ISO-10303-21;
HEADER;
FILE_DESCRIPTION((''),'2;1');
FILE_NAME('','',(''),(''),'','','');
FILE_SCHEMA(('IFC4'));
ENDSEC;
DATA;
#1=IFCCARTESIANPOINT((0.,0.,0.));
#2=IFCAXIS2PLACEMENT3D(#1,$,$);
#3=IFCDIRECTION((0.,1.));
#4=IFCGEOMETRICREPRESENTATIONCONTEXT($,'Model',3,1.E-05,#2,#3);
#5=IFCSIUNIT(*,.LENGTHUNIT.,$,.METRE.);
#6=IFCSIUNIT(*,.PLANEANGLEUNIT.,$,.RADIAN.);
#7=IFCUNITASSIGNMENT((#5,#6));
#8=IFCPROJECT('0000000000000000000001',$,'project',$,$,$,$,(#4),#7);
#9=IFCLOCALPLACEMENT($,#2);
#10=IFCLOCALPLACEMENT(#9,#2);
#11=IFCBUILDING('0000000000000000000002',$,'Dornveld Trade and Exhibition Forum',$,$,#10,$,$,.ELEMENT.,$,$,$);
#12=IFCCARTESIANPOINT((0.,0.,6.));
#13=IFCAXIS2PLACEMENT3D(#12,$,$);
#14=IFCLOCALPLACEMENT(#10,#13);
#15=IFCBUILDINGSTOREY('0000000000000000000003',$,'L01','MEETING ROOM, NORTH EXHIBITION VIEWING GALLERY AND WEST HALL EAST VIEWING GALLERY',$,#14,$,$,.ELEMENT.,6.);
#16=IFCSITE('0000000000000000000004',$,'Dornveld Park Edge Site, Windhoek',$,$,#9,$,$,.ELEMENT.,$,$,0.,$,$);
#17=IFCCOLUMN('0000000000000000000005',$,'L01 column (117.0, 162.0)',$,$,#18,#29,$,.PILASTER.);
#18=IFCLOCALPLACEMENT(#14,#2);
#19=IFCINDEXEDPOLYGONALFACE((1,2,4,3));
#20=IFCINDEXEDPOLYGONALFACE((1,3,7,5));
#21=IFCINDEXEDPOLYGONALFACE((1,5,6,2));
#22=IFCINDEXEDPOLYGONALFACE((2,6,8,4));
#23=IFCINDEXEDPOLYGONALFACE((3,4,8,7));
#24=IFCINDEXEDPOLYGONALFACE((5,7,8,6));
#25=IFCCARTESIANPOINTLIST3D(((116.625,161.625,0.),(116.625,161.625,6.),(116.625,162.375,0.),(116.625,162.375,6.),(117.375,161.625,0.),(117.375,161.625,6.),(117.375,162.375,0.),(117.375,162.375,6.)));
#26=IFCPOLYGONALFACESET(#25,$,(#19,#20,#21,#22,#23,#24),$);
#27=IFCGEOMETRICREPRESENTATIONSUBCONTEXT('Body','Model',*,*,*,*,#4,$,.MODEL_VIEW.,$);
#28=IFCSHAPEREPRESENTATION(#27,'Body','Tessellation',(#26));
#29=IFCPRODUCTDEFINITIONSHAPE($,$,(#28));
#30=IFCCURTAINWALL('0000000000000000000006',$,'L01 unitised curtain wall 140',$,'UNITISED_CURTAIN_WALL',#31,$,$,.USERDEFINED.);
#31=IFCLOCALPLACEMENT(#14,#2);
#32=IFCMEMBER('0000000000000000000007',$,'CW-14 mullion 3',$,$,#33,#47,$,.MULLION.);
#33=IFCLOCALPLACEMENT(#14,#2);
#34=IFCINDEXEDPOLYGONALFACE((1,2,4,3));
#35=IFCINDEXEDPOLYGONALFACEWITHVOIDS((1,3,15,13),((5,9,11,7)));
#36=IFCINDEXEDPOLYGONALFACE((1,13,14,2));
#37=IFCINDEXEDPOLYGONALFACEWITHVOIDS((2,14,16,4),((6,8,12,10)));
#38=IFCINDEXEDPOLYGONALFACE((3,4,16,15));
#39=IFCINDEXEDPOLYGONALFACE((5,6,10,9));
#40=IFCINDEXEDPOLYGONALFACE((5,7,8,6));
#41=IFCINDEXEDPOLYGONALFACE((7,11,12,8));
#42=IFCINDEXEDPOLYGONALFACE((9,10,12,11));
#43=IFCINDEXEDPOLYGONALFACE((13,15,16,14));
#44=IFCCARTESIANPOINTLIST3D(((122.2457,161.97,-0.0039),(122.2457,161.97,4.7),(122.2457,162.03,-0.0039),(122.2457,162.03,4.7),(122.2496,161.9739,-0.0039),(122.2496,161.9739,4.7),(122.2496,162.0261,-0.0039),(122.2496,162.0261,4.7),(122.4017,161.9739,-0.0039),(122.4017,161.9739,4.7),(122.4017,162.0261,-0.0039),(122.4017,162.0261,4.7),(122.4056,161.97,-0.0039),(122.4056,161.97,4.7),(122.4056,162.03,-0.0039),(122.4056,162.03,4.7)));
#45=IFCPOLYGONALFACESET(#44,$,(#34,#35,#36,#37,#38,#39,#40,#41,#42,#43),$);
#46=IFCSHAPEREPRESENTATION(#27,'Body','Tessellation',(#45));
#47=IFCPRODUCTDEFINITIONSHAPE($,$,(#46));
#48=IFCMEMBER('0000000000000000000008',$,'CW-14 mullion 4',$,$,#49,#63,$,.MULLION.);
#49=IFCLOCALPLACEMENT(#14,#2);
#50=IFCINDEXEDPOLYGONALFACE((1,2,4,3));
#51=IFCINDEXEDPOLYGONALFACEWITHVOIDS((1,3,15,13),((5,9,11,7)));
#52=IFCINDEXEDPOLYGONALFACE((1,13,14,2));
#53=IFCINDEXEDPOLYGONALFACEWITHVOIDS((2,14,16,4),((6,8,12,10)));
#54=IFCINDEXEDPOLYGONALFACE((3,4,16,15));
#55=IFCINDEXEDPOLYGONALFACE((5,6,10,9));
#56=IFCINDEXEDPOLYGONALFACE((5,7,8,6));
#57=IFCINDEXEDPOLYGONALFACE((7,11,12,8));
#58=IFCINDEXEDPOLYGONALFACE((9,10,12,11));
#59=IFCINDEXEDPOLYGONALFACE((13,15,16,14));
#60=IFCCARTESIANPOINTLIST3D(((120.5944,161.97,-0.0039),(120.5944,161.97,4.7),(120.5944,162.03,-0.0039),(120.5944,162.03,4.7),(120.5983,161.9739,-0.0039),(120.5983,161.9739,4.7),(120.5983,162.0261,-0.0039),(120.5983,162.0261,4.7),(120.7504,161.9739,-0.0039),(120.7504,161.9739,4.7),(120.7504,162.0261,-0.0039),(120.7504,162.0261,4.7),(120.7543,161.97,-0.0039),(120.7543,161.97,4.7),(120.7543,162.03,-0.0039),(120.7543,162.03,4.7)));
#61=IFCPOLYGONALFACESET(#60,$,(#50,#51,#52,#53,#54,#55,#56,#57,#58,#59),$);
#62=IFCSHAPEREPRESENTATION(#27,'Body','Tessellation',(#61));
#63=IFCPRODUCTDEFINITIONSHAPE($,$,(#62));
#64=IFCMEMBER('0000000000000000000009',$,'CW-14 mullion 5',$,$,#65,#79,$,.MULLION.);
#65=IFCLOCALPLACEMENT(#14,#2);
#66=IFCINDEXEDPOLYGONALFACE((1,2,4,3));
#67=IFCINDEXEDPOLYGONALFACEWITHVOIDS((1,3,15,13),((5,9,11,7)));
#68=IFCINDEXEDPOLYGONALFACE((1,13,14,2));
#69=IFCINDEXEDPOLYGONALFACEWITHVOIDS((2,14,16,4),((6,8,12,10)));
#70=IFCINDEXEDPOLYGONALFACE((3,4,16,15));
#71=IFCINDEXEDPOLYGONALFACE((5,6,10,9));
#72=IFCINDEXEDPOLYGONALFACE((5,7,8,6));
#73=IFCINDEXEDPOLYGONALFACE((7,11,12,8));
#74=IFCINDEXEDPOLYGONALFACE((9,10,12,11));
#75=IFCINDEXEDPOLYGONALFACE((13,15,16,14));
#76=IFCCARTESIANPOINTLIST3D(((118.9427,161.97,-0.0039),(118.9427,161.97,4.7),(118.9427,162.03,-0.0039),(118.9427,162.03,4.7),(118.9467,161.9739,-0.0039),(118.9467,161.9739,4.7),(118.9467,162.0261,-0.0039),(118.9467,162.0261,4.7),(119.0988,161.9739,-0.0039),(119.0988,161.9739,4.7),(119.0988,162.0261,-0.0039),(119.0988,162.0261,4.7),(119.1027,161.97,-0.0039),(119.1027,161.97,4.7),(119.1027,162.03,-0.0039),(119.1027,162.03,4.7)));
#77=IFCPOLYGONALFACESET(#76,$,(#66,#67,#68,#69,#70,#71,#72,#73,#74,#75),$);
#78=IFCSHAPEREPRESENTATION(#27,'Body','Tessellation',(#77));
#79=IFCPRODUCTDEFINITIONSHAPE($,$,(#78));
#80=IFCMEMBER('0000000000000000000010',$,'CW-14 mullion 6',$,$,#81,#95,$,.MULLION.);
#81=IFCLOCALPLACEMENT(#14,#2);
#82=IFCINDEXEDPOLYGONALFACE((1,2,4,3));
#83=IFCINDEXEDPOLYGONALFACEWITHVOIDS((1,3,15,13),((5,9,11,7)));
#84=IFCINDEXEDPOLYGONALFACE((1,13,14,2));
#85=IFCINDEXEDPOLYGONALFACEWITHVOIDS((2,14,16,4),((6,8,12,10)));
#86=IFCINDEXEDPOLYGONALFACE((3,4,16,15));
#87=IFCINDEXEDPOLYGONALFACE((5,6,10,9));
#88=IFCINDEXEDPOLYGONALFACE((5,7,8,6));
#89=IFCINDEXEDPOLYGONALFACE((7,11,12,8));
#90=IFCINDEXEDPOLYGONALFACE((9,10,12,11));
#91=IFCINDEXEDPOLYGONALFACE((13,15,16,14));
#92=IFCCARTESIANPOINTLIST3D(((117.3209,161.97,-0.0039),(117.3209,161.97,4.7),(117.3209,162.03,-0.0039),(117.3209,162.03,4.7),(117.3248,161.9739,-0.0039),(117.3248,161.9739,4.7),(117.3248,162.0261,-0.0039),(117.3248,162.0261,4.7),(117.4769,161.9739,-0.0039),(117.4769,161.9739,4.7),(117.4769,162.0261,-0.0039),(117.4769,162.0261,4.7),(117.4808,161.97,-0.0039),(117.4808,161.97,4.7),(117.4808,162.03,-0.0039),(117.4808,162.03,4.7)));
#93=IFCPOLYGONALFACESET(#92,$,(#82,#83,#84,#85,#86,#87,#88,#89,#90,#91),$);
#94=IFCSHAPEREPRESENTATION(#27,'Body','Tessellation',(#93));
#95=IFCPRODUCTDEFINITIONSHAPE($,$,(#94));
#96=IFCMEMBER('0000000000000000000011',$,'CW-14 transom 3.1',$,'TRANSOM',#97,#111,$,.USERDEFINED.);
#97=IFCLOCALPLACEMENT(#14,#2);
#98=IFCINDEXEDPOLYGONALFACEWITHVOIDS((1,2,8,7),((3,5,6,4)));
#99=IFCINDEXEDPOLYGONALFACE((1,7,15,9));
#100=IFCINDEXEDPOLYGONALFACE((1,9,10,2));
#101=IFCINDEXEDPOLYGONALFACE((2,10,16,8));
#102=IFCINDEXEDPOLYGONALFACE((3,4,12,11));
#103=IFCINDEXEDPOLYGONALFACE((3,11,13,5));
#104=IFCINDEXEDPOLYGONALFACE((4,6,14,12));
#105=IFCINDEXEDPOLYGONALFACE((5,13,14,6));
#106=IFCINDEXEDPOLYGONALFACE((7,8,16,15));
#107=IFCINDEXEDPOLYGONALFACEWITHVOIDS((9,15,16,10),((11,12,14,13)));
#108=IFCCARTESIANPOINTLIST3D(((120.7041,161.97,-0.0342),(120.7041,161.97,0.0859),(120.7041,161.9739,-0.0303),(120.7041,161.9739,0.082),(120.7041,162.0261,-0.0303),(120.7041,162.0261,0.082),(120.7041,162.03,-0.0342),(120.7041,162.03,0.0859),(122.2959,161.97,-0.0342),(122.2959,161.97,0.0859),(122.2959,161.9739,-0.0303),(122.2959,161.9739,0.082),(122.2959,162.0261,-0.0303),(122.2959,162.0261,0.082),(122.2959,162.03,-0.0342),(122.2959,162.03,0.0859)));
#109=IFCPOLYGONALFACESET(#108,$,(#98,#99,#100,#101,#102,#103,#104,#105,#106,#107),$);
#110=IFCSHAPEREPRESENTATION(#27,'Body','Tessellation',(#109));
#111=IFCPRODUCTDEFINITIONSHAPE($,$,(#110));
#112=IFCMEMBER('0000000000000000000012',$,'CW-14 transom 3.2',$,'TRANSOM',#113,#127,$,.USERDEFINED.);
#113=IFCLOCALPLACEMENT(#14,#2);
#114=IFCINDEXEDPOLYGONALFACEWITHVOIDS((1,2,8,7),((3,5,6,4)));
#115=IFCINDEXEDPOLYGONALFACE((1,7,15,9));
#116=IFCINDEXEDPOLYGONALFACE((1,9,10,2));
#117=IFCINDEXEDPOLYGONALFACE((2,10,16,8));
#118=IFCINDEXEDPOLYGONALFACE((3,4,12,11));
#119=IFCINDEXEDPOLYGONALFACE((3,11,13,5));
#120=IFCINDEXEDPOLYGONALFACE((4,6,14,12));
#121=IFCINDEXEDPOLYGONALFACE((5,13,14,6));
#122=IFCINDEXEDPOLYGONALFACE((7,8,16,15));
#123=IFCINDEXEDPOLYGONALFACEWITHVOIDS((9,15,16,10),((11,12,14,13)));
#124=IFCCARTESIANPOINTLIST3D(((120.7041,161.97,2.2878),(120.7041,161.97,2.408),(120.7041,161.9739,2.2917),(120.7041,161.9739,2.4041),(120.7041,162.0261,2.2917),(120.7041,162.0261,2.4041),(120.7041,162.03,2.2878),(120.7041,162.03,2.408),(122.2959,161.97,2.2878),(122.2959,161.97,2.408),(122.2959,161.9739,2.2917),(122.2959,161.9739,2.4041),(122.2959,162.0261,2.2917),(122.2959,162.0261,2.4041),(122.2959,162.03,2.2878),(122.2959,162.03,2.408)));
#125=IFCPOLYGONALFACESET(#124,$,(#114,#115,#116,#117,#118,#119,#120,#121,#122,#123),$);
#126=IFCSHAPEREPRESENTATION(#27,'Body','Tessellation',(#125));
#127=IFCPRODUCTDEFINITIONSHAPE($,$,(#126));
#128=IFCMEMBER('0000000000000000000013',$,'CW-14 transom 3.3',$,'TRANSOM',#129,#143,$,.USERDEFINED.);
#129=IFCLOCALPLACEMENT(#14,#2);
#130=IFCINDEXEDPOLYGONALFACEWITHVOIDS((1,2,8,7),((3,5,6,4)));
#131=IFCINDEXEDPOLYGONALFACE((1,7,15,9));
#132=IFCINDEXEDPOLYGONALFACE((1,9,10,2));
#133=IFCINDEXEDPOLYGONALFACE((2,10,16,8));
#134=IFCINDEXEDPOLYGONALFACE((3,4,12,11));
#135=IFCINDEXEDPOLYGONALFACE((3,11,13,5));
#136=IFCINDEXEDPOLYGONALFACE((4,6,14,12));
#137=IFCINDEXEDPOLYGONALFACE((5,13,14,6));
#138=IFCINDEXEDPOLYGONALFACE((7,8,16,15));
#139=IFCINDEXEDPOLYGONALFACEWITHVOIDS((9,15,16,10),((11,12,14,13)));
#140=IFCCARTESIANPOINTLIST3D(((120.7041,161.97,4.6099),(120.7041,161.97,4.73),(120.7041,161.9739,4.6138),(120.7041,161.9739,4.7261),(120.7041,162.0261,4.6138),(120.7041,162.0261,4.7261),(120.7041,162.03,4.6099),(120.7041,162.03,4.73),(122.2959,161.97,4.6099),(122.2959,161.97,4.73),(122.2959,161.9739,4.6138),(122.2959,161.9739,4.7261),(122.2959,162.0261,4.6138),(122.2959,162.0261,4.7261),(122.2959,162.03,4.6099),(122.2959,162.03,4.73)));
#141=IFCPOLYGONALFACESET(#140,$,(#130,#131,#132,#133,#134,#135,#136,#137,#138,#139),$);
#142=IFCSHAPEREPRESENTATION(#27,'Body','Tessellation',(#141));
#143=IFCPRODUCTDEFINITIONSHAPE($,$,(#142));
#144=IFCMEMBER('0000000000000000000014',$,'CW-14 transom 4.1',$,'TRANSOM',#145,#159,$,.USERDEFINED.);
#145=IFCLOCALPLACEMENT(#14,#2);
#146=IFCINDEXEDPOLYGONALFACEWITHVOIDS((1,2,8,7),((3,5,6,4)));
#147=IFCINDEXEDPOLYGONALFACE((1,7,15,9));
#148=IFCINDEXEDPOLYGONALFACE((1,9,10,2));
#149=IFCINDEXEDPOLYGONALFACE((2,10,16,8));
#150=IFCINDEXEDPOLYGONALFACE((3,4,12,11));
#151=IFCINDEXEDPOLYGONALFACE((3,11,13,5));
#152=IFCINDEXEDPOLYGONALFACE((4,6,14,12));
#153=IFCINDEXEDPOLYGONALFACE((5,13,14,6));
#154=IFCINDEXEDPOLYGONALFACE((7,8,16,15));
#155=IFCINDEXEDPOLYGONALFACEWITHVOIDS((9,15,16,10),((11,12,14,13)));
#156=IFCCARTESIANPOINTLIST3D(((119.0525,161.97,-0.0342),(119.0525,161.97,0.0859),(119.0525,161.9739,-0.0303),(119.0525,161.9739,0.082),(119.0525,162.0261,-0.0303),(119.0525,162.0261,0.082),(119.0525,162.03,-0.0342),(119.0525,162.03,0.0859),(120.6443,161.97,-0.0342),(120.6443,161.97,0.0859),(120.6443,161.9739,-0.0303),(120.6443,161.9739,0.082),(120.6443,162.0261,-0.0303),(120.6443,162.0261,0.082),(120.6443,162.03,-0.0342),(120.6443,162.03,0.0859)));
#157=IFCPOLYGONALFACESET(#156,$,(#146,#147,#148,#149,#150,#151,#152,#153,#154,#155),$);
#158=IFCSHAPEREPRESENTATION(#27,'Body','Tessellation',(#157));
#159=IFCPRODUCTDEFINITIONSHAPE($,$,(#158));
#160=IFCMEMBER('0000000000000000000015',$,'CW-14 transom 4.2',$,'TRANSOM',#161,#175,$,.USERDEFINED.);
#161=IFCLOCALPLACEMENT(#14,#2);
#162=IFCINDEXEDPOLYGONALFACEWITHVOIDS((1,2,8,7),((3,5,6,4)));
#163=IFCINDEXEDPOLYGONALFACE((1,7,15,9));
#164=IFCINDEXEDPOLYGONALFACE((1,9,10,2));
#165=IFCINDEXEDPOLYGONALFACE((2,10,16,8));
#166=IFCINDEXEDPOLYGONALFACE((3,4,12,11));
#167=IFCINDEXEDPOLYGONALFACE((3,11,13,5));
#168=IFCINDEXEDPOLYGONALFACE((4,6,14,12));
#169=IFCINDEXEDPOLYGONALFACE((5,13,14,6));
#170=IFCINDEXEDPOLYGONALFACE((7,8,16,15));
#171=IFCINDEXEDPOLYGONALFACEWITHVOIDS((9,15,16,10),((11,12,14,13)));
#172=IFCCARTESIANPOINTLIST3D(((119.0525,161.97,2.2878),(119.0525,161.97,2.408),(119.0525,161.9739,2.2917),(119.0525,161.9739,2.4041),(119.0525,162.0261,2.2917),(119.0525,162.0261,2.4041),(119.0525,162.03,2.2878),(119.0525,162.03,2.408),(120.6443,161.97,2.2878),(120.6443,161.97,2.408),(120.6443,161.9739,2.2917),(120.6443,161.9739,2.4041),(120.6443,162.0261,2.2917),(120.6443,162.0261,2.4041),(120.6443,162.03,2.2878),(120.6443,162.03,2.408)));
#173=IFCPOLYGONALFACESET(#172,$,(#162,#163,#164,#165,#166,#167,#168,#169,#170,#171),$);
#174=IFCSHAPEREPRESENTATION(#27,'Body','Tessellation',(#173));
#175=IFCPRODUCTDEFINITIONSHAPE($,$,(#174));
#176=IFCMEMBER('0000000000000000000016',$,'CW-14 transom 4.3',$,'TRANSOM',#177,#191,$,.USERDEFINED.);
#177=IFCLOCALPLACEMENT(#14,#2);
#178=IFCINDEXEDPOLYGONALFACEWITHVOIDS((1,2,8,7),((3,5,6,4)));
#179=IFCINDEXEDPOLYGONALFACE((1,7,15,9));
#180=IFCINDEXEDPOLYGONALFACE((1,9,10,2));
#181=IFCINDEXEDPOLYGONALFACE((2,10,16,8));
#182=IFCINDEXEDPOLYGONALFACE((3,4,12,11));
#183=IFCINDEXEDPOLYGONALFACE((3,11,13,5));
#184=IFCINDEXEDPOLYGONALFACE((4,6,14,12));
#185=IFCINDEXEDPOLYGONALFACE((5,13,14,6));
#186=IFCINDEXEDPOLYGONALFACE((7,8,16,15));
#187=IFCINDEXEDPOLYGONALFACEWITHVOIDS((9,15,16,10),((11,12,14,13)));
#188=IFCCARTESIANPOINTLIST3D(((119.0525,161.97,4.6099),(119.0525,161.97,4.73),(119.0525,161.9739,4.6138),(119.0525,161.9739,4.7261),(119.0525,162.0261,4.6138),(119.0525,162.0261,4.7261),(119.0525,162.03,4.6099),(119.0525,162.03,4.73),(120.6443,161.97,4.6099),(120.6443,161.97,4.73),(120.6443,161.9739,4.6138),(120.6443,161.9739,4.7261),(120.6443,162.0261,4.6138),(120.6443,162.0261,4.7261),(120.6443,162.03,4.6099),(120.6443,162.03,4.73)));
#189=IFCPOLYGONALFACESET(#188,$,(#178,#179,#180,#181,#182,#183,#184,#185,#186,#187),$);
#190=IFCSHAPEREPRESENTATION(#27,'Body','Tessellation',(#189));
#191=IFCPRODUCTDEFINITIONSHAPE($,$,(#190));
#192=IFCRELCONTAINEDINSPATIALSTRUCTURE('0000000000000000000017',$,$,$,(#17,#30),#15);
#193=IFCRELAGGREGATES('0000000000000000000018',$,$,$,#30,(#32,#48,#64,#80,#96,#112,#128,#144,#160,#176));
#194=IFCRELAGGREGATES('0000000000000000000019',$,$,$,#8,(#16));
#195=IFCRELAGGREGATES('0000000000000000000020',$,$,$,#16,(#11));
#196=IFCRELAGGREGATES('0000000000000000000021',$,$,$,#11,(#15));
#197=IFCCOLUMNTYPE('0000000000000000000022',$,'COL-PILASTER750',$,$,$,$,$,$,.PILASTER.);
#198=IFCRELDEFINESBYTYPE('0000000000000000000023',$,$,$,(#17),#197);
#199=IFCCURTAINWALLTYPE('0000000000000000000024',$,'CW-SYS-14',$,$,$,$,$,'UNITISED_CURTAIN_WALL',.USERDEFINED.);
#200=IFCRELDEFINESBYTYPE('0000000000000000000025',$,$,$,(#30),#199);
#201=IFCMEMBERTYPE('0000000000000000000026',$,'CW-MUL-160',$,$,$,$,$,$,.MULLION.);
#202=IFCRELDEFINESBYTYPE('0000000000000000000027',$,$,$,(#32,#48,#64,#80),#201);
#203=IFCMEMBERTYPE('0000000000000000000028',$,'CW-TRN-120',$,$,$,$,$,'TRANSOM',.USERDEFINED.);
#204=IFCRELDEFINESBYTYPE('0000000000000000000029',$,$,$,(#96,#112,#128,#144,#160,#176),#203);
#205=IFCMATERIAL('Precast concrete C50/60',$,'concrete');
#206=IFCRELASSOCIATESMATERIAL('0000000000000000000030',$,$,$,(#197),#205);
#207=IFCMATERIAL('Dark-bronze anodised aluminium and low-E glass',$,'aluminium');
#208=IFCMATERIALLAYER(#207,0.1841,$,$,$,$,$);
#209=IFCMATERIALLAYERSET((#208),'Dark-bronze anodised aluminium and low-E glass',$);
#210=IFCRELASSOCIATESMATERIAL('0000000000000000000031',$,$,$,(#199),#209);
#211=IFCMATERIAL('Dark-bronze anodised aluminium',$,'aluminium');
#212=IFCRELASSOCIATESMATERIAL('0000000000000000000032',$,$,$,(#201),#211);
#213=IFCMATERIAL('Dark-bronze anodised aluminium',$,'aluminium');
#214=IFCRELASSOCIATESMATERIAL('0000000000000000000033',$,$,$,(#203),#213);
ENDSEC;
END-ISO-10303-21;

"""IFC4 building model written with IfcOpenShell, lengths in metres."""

from ifc_helpers import new_model, si_unit, direction, frame, origin, origin_2d, place, context, subcontext, project, spatial, rectangle, hollow_rectangle, extrude, material, layer, layer_set, material_profile, profile_set, type_object, element, aggregate, save


model = new_model("IFC4")

# Units and contexts
model_context = context("Model", 3, precision=1e-05, world=origin(), true_north=direction((0.0, 1.0)))
body_context = subcontext(model_context, "Body", "Model", "MODEL_VIEW")
ifc_project = project(units=[si_unit("LENGTHUNIT", "METRE"), si_unit("PLANEANGLEUNIT", "RADIAN")], contexts=[model_context])

# Site, building, storey
site_placement = place(None, origin())
site = spatial("IfcSite", under=ifc_project, at=site_placement, Name="Dornveld Park Edge Site, Windhoek", CompositionType="ELEMENT", RefElevation=0.0)
building_placement = place(site_placement, origin())
building = spatial("IfcBuilding", under=site, at=building_placement, Name="Dornveld Trade and Exhibition Forum", CompositionType="ELEMENT")
storey_placement = place(building_placement, frame((0.0, 0.0, 6.0)))
storey = spatial("IfcBuildingStorey", under=building, at=storey_placement, Name="L01", Description="MEETING ROOM, NORTH EXHIBITION VIEWING GALLERY AND WEST HALL EAST VIEWING GALLERY", CompositionType="ELEMENT", Elevation=6.0)

# Column
ifc_material_1 = material(Name="Precast concrete C50/60", Category="concrete")
ifc_material_profile_1 = material_profile(ifc_material_1, rectangle(XDim=0.75, YDim=0.75, at=origin_2d()), Name="PC-COL 750x750")
ifc_profile_set_1 = profile_set([ifc_material_profile_1], Name="Precast concrete C50/60")
column_type = type_object("IfcColumnType", Name="COL-PILASTER750", PredefinedType="PILASTER", material=ifc_profile_set_1)
column_placement = place(storey_placement, frame((117.0, 162.0, 0.0), z_axis=(0.0, 0.0, 1.0), x_axis=(1.0, 0.0, 0.0)))
element("IfcColumn", 1, at=column_placement, inside=storey, type_object=column_type, Name="L01 column (117.0, 162.0)", PredefinedType="PILASTER", context=body_context, shape_type="SweptSolid", body=[
    extrude(rectangle(XDim=0.75, YDim=0.75, at=origin_2d()), origin(), (0.0, 0.0, 1.0), 6.0),
])

# Curtain wall, members
ifc_material_2 = material(Name="Dark-bronze anodised aluminium and low-E glass", Category="aluminium")
ifc_layer_1 = layer(ifc_material_2, 0.1841)
ifc_layer_set_1 = layer_set([ifc_layer_1], Name="Dark-bronze anodised aluminium and low-E glass")
curtain_wall_type = type_object("IfcCurtainWallType", Name="CW-SYS-14", ElementType="UNITISED_CURTAIN_WALL", PredefinedType="USERDEFINED", material=ifc_layer_set_1)
curtain_wall_placement = place(storey_placement, origin())
curtain_wall = element("IfcCurtainWall", 2, at=curtain_wall_placement, inside=storey, type_object=curtain_wall_type, Name="L01 unitised curtain wall 140", ObjectType="UNITISED_CURTAIN_WALL", PredefinedType="USERDEFINED")
ifc_material_3 = material(Name="Dark-bronze anodised aluminium", Category="aluminium")
ifc_material_profile_2 = material_profile(ifc_material_3, hollow_rectangle(XDim=0.0601, YDim=0.1599, WallThickness=0.0039, at=origin_2d()), Name="RHS 160x60x4")
ifc_profile_set_2 = profile_set([ifc_material_profile_2], Name="Dark-bronze anodised aluminium")
member_type_1 = type_object("IfcMemberType", Name="CW-MUL-160", PredefinedType="MULLION", material=ifc_profile_set_2)
member_1_placement = place(storey_placement, frame((122.3257, 162.0, -0.0039), z_axis=(0.0, 0.0, 1.0), x_axis=(0.0, -1.0, 0.0)))
member_1 = element("IfcMember", 3, at=member_1_placement, type_object=member_type_1, Name="CW-14 mullion 3", PredefinedType="MULLION", context=body_context, shape_type="SweptSolid", body=[
    extrude(hollow_rectangle(XDim=0.0601, YDim=0.1599, WallThickness=0.0039, at=origin_2d()), origin(), (0.0, 0.0, 1.0), 4.7039),
])
member_2_placement = place(storey_placement, frame((120.6743, 162.0, -0.0039), z_axis=(0.0, 0.0, 1.0), x_axis=(0.0, -1.0, 0.0)))
member_2 = element("IfcMember", 4, at=member_2_placement, type_object=member_type_1, Name="CW-14 mullion 4", PredefinedType="MULLION", context=body_context, shape_type="SweptSolid", body=[
    extrude(hollow_rectangle(XDim=0.0601, YDim=0.1599, WallThickness=0.0039, at=origin_2d()), origin(), (0.0, 0.0, 1.0), 4.7039),
])
member_3_placement = place(storey_placement, frame((119.0227, 162.0, -0.0039), z_axis=(0.0, 0.0, 1.0), x_axis=(0.0, -1.0, 0.0)))
member_3 = element("IfcMember", 5, at=member_3_placement, type_object=member_type_1, Name="CW-14 mullion 5", PredefinedType="MULLION", context=body_context, shape_type="SweptSolid", body=[
    extrude(hollow_rectangle(XDim=0.0601, YDim=0.1599, WallThickness=0.0039, at=origin_2d()), origin(), (0.0, 0.0, 1.0), 4.7039),
])
member_4_placement = place(storey_placement, frame((117.4009, 162.0, -0.0039), z_axis=(0.0, 0.0, 1.0), x_axis=(0.0, -1.0, 0.0)))
member_4 = element("IfcMember", 6, at=member_4_placement, type_object=member_type_1, Name="CW-14 mullion 6", PredefinedType="MULLION", context=body_context, shape_type="SweptSolid", body=[
    extrude(hollow_rectangle(XDim=0.0601, YDim=0.1599, WallThickness=0.0039, at=origin_2d()), origin(), (0.0, 0.0, 1.0), 4.7039),
])
ifc_material_4 = material(Name="Dark-bronze anodised aluminium", Category="aluminium")
ifc_material_profile_3 = material_profile(ifc_material_4, hollow_rectangle(XDim=0.0601, YDim=0.1201, WallThickness=0.0039, at=origin_2d()), Name="RHS 120x60x4")
ifc_profile_set_3 = profile_set([ifc_material_profile_3], Name="Dark-bronze anodised aluminium")
member_type_2 = type_object("IfcMemberType", Name="CW-TRN-120", ElementType="TRANSOM", PredefinedType="USERDEFINED", material=ifc_profile_set_3)
member_5_placement = place(storey_placement, frame((122.2959, 162.0, 0.0259), z_axis=(-1.0, 0.0, 0.0), x_axis=(0.0, -1.0, 0.0)))
member_5 = element("IfcMember", 7, at=member_5_placement, type_object=member_type_2, Name="CW-14 transom 3.1", ObjectType="TRANSOM", PredefinedType="USERDEFINED", context=body_context, shape_type="SweptSolid", body=[
    extrude(hollow_rectangle(XDim=0.0601, YDim=0.1201, WallThickness=0.0039, at=origin_2d()), origin(), (0.0, 0.0, 1.0), 1.5918),
])
member_6_placement = place(storey_placement, frame((122.2959, 162.0, 2.3479), z_axis=(-1.0, 0.0, 0.0), x_axis=(0.0, -1.0, 0.0)))
member_6 = element("IfcMember", 8, at=member_6_placement, type_object=member_type_2, Name="CW-14 transom 3.2", ObjectType="TRANSOM", PredefinedType="USERDEFINED", context=body_context, shape_type="SweptSolid", body=[
    extrude(hollow_rectangle(XDim=0.0601, YDim=0.1201, WallThickness=0.0039, at=origin_2d()), origin(), (0.0, 0.0, 1.0), 1.5918),
])
member_7_placement = place(storey_placement, frame((122.2959, 162.0, 4.6699), z_axis=(-1.0, 0.0, 0.0), x_axis=(0.0, -1.0, 0.0)))
member_7 = element("IfcMember", 9, at=member_7_placement, type_object=member_type_2, Name="CW-14 transom 3.3", ObjectType="TRANSOM", PredefinedType="USERDEFINED", context=body_context, shape_type="SweptSolid", body=[
    extrude(hollow_rectangle(XDim=0.0601, YDim=0.1201, WallThickness=0.0039, at=origin_2d()), origin(), (0.0, 0.0, 1.0), 1.5918),
])
member_8_placement = place(storey_placement, frame((120.6443, 162.0, 0.0259), z_axis=(-1.0, 0.0, 0.0), x_axis=(0.0, -1.0, 0.0)))
member_8 = element("IfcMember", 10, at=member_8_placement, type_object=member_type_2, Name="CW-14 transom 4.1", ObjectType="TRANSOM", PredefinedType="USERDEFINED", context=body_context, shape_type="SweptSolid", body=[
    extrude(hollow_rectangle(XDim=0.0601, YDim=0.1201, WallThickness=0.0039, at=origin_2d()), origin(), (0.0, 0.0, 1.0), 1.5918),
])
member_9_placement = place(storey_placement, frame((120.6443, 162.0, 2.3479), z_axis=(-1.0, 0.0, 0.0), x_axis=(0.0, -1.0, 0.0)))
member_9 = element("IfcMember", 11, at=member_9_placement, type_object=member_type_2, Name="CW-14 transom 4.2", ObjectType="TRANSOM", PredefinedType="USERDEFINED", context=body_context, shape_type="SweptSolid", body=[
    extrude(hollow_rectangle(XDim=0.0601, YDim=0.1201, WallThickness=0.0039, at=origin_2d()), origin(), (0.0, 0.0, 1.0), 1.5918),
])
member_10_placement = place(storey_placement, frame((120.6443, 162.0, 4.6699), z_axis=(-1.0, 0.0, 0.0), x_axis=(0.0, -1.0, 0.0)))
member_10 = element("IfcMember", 12, at=member_10_placement, type_object=member_type_2, Name="CW-14 transom 4.3", ObjectType="TRANSOM", PredefinedType="USERDEFINED", context=body_context, shape_type="SweptSolid", body=[
    extrude(hollow_rectangle(XDim=0.0601, YDim=0.1201, WallThickness=0.0039, at=origin_2d()), origin(), (0.0, 0.0, 1.0), 1.5918),
])

aggregate(curtain_wall, [member_1, member_2, member_3, member_4, member_5, member_6, member_7, member_8, member_9, member_10])

save(model, "model.ifc")
